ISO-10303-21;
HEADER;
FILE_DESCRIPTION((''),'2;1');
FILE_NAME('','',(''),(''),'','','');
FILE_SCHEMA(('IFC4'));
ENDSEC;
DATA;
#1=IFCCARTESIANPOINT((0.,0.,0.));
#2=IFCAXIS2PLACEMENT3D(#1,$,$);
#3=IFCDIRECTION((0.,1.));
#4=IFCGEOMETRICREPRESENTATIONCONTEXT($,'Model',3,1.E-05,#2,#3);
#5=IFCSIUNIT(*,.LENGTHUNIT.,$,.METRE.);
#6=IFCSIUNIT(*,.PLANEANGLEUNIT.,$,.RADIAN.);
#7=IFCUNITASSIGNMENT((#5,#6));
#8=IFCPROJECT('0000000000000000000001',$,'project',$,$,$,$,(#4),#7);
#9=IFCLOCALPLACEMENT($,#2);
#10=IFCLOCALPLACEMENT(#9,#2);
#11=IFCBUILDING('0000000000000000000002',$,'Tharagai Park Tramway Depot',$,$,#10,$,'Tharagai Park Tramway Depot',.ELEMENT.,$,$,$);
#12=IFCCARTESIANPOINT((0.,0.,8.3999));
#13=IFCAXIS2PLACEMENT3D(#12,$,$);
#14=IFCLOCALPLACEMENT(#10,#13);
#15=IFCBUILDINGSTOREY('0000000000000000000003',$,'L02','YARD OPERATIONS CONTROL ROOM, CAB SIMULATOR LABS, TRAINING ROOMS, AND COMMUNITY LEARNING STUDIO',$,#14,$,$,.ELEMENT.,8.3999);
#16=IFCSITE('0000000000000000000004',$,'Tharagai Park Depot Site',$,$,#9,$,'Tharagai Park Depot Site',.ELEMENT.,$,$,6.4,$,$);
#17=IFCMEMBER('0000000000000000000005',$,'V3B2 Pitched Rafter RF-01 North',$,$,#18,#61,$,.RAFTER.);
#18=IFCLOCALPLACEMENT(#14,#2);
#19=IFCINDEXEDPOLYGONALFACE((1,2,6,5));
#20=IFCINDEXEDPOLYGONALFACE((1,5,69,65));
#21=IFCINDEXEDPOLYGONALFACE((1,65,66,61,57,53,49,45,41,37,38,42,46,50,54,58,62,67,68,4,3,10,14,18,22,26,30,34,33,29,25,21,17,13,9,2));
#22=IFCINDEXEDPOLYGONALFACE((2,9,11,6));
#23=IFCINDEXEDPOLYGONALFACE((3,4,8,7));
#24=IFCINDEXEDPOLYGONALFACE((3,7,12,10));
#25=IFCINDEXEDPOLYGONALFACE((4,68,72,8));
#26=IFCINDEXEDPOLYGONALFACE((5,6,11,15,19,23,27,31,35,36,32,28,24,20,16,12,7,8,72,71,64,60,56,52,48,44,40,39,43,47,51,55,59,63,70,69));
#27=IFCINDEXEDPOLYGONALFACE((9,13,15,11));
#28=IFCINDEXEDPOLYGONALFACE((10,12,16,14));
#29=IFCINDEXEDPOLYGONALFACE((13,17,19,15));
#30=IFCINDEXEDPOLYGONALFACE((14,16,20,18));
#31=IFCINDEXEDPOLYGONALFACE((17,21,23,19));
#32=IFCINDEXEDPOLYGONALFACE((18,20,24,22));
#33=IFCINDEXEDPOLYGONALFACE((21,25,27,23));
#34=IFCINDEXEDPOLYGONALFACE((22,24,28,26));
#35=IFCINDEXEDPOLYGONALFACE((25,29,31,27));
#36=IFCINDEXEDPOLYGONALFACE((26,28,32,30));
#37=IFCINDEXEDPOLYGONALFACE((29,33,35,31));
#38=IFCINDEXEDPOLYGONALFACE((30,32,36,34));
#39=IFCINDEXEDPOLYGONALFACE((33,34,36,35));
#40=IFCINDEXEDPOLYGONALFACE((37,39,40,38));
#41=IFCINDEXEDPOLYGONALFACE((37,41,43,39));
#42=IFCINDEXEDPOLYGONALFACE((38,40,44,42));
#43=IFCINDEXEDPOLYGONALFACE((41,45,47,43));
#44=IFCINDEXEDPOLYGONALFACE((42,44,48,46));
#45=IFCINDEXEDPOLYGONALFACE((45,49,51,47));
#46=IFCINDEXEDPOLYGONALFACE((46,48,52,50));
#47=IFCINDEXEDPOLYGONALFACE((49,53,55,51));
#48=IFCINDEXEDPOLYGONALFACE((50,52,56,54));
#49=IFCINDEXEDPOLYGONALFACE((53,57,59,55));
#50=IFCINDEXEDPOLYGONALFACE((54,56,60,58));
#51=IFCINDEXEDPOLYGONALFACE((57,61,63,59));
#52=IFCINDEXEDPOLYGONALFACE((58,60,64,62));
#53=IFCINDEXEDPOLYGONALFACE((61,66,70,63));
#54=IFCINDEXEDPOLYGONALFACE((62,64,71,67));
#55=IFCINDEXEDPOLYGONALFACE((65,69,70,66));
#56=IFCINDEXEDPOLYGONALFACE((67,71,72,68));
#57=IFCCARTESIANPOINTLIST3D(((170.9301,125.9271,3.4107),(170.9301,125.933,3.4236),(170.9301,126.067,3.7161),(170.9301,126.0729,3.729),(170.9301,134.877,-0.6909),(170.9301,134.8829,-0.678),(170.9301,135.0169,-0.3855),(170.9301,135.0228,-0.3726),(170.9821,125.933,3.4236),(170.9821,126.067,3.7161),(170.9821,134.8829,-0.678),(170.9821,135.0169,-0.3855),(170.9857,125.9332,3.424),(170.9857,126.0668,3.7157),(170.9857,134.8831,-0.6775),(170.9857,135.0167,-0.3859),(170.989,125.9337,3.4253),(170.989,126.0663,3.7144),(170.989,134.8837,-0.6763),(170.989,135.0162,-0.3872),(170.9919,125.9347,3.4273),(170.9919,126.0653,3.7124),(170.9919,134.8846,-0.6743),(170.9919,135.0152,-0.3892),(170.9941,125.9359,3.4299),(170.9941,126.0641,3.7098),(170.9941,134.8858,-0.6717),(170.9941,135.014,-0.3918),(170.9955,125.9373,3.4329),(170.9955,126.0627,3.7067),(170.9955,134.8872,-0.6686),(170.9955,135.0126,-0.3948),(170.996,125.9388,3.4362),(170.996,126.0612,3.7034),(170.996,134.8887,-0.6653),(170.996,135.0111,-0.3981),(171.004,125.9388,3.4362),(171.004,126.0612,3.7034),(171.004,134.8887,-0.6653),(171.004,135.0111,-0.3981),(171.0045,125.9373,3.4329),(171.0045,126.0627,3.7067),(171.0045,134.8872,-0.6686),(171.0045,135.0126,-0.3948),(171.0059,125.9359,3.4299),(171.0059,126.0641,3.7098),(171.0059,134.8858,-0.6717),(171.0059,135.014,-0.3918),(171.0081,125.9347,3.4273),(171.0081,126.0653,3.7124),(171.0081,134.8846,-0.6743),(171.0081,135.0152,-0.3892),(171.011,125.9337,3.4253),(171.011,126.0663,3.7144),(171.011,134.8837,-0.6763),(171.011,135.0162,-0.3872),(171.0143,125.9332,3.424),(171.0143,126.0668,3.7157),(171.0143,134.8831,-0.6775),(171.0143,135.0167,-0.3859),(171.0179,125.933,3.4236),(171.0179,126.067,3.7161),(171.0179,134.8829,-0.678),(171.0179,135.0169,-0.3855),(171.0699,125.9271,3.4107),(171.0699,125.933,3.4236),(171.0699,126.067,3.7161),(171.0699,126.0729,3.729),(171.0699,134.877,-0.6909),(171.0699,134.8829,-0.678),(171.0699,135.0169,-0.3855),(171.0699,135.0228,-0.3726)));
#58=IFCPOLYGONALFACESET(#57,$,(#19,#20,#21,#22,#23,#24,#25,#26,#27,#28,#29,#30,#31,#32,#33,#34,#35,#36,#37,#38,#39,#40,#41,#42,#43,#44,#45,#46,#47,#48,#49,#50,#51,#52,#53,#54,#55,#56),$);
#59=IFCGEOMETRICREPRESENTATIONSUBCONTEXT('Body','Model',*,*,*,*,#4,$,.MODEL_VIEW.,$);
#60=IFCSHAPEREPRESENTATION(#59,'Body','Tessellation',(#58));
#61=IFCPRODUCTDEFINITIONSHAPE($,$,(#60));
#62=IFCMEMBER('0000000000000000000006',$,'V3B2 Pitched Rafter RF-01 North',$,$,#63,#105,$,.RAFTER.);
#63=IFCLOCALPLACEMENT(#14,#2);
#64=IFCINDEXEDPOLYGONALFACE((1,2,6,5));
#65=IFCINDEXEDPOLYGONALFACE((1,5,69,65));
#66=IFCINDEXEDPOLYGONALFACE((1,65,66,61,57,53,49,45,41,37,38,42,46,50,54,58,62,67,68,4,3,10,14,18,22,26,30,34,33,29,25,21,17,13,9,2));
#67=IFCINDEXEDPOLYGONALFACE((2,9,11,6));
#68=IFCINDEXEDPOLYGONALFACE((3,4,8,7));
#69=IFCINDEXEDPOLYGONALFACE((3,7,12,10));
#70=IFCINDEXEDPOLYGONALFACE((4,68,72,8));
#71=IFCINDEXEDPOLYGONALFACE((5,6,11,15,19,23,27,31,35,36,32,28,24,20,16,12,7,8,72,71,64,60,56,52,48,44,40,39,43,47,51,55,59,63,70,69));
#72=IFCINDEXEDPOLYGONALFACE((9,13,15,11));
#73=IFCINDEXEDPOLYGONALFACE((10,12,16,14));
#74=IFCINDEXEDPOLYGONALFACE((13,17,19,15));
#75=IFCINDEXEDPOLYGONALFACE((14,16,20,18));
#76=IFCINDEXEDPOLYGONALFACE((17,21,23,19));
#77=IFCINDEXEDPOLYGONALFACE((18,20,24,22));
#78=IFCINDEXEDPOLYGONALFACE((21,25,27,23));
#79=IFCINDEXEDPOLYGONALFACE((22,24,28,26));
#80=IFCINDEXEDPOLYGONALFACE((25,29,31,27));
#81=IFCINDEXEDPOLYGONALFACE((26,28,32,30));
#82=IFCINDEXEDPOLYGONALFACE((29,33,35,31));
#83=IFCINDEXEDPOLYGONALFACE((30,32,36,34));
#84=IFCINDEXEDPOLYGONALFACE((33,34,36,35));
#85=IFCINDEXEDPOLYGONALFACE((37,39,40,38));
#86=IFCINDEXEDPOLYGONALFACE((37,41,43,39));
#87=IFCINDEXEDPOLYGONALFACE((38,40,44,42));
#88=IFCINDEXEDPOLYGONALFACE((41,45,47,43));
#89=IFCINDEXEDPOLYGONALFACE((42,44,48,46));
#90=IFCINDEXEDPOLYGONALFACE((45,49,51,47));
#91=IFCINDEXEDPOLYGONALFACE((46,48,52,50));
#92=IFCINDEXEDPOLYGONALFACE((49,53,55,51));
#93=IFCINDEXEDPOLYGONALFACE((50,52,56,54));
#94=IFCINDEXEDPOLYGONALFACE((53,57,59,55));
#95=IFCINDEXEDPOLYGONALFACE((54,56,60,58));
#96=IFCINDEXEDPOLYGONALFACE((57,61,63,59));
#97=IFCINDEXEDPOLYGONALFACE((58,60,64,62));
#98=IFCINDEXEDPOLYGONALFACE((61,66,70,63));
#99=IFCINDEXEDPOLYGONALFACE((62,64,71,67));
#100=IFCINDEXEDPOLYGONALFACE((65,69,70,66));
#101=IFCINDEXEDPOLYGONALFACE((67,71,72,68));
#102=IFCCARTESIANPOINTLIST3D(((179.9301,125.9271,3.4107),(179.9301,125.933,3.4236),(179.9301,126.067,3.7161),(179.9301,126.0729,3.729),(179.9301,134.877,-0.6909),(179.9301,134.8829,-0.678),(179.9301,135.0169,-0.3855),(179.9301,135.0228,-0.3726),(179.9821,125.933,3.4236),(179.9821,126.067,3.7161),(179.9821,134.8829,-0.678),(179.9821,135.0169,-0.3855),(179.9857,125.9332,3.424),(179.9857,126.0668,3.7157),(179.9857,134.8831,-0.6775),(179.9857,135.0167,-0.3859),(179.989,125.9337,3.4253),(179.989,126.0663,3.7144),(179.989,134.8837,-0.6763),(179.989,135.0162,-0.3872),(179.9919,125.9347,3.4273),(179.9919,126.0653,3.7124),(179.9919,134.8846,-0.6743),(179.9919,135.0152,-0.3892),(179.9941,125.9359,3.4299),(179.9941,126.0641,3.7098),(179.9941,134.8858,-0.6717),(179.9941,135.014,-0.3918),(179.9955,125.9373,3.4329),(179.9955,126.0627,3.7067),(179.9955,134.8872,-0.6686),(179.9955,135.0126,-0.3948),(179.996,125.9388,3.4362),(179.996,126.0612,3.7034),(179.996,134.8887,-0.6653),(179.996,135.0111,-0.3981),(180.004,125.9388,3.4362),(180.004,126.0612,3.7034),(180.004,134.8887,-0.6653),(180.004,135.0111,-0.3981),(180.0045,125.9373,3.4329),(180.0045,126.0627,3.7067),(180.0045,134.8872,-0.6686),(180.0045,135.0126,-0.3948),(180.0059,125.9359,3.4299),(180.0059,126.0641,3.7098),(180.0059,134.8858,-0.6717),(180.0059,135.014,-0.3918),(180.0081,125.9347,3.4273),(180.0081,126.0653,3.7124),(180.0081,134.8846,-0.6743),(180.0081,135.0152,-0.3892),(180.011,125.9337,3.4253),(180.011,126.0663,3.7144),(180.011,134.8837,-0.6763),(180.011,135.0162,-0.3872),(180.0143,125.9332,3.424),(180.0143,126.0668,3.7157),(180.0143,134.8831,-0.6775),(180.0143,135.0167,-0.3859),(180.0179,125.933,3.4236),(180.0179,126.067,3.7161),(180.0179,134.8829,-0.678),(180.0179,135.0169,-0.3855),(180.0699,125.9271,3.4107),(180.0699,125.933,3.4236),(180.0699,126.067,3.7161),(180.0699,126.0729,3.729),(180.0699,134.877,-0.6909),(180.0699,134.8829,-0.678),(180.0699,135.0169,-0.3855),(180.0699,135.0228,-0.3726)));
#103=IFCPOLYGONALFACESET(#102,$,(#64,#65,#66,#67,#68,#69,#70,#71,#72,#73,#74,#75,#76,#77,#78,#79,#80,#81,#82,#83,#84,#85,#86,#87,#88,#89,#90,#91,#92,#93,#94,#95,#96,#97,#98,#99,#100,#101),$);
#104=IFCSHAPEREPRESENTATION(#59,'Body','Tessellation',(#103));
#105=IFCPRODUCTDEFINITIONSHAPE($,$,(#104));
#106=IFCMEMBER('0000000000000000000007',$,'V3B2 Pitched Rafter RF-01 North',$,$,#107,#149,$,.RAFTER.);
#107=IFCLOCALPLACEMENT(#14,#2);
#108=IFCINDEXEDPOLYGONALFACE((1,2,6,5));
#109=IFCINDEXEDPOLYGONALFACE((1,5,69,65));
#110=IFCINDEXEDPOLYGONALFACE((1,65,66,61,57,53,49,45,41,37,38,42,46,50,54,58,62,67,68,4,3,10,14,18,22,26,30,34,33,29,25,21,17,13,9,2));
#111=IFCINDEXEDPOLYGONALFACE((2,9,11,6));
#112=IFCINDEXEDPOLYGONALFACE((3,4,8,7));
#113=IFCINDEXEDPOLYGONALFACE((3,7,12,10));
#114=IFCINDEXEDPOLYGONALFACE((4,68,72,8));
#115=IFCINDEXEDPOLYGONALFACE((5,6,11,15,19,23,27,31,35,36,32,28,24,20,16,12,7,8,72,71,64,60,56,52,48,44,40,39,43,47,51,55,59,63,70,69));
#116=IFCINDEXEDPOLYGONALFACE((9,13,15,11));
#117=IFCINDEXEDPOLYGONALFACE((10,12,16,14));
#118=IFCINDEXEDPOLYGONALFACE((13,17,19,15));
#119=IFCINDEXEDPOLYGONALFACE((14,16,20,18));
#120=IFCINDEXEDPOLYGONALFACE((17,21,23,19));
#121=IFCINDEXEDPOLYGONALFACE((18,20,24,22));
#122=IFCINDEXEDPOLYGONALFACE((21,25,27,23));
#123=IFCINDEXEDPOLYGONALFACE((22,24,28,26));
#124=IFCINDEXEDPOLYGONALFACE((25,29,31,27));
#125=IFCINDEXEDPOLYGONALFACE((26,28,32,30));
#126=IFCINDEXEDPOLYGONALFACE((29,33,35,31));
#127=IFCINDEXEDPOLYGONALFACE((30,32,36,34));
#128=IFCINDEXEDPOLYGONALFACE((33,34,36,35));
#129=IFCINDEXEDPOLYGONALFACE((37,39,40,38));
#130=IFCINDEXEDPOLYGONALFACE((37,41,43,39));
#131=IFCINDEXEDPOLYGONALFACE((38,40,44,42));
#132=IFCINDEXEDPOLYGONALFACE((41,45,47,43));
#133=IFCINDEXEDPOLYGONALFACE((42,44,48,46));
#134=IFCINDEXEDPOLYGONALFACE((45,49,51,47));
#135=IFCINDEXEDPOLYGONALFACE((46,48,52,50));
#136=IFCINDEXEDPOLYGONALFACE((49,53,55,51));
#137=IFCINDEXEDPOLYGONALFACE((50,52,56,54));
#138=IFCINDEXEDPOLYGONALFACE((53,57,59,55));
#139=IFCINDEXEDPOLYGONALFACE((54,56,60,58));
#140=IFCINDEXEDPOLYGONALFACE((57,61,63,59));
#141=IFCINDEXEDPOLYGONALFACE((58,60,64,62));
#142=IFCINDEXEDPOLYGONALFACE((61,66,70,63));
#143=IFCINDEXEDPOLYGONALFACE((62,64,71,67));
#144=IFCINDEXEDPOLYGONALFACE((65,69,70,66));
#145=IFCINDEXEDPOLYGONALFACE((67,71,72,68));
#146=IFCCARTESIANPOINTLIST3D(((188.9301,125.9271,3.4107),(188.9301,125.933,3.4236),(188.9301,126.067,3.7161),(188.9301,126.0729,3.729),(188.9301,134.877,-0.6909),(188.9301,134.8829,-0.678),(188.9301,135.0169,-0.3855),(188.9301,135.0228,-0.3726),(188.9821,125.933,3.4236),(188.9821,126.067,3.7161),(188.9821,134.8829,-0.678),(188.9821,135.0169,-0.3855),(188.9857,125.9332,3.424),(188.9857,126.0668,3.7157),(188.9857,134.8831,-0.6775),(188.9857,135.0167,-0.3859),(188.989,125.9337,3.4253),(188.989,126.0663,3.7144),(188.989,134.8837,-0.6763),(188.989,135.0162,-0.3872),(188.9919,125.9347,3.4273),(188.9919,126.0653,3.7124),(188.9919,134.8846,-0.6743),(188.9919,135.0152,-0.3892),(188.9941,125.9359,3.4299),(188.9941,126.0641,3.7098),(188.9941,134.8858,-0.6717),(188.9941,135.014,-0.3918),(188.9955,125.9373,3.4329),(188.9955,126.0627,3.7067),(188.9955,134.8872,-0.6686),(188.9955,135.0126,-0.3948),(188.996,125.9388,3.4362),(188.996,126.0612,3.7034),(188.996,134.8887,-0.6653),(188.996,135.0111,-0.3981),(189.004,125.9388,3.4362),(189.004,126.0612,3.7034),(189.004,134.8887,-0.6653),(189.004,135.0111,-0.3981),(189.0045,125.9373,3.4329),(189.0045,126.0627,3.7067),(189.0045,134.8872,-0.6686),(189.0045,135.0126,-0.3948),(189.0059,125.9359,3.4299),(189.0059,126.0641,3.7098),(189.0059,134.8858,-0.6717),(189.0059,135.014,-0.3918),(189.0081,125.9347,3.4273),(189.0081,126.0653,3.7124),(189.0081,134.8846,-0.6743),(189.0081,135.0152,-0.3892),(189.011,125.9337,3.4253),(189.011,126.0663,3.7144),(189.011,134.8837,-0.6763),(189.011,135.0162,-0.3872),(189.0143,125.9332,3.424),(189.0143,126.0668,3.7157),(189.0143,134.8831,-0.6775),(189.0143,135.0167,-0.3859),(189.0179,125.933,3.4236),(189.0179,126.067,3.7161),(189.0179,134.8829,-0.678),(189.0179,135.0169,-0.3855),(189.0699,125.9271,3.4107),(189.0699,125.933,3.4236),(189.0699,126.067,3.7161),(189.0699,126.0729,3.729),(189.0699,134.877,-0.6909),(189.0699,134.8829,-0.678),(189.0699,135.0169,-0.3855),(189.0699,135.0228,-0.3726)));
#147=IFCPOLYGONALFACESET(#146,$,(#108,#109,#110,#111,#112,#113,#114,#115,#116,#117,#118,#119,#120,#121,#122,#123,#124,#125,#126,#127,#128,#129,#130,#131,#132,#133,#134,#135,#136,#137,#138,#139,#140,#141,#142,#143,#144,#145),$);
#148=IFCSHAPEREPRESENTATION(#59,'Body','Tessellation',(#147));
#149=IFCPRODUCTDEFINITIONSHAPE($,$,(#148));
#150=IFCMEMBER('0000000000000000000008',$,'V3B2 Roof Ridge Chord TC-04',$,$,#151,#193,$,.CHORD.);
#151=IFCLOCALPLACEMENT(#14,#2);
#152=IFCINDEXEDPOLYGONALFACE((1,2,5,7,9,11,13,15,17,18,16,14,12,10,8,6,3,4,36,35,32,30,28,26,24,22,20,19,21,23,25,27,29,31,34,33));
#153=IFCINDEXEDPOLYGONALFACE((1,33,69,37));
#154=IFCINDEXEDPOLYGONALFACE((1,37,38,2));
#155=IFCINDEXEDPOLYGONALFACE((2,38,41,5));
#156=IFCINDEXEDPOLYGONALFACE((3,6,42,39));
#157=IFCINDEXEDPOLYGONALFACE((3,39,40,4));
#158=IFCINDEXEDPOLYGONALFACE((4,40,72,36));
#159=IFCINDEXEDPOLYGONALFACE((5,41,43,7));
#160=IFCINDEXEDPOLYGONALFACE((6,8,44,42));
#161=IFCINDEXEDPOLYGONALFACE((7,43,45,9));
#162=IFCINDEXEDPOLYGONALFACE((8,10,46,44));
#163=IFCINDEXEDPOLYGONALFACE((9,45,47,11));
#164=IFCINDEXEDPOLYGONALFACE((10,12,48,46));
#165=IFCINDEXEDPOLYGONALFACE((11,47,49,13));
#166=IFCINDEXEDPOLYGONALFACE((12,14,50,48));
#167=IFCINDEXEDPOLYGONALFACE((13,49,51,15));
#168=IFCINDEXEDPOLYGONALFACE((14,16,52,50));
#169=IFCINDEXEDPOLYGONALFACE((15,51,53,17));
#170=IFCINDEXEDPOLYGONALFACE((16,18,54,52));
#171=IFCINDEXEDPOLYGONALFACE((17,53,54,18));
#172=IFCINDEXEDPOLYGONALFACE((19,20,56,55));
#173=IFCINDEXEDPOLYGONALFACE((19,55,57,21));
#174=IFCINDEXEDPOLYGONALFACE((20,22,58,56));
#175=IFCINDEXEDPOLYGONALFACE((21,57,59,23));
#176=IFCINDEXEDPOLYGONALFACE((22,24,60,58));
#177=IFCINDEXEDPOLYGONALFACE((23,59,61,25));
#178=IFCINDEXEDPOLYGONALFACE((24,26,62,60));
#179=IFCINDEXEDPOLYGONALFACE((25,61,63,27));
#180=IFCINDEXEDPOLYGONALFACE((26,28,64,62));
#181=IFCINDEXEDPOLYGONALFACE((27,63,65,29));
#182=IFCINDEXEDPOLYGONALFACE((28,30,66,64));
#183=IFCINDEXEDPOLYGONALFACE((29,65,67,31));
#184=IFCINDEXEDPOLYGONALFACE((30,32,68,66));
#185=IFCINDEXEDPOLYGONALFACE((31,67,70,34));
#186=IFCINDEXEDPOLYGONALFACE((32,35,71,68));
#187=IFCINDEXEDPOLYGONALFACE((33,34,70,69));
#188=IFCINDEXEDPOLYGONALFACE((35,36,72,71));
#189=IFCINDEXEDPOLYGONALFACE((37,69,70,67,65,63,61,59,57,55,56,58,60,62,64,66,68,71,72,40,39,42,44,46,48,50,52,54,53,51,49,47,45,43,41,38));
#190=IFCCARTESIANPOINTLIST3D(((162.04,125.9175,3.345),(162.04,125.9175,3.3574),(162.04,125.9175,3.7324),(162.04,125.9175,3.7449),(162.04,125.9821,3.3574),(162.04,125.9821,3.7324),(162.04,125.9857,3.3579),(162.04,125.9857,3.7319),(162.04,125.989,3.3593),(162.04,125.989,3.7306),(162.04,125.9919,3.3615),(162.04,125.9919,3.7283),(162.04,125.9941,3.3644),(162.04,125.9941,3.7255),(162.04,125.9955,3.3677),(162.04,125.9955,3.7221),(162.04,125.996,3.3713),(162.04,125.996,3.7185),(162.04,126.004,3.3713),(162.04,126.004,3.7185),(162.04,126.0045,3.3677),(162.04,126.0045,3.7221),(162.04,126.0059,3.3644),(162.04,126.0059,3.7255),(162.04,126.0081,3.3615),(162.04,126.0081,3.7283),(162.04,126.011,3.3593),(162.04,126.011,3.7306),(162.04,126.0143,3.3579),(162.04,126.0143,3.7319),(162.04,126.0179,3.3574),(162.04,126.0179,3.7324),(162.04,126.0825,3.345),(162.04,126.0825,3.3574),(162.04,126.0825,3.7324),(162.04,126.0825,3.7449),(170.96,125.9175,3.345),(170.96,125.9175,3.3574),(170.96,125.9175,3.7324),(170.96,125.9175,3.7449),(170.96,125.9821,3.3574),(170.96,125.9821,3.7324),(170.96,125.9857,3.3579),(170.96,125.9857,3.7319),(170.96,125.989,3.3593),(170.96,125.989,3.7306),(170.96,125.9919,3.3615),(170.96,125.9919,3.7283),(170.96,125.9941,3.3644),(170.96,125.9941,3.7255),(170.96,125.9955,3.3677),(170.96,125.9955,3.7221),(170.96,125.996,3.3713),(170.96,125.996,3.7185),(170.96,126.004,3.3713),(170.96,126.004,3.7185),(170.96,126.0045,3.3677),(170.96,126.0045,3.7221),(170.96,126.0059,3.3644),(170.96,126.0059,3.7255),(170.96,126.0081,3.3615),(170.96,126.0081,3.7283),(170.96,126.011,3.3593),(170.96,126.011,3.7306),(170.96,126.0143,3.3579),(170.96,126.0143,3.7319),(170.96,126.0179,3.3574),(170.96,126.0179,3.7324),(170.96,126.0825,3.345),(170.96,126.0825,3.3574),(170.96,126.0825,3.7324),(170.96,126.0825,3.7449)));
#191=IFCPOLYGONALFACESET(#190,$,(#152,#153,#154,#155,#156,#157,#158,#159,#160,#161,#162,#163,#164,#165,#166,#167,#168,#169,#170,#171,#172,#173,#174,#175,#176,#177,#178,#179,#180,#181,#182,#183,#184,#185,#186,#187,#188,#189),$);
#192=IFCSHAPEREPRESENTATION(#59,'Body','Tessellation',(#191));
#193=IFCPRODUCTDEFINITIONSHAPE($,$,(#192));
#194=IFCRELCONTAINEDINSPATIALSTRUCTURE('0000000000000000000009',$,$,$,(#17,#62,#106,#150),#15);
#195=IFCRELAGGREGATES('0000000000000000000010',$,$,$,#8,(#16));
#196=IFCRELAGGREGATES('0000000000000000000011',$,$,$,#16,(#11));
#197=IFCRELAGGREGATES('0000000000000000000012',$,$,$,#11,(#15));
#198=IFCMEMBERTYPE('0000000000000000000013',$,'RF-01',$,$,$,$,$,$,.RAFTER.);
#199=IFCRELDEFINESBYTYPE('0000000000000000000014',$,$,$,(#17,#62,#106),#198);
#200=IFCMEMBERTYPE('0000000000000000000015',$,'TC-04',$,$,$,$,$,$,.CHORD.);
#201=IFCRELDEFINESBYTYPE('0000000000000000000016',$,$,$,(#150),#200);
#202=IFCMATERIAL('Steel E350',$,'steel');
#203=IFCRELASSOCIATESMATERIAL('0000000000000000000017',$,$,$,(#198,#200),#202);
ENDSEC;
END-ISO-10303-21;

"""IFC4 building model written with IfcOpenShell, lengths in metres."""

from ifc_helpers import new_model, si_unit, direction, frame, origin, origin_2d, place, context, subcontext, project, spatial, i_section, extrude, material, material_profile, profile_set, type_object, element, save


model = new_model("IFC4")

# Units and contexts
model_context = context("Model", 3, precision=1e-05, world=origin(), true_north=direction((0.0, 1.0)))
body_context = subcontext(model_context, "Body", "Model", "MODEL_VIEW")
ifc_project = project(units=[si_unit("LENGTHUNIT", "METRE"), si_unit("PLANEANGLEUNIT", "RADIAN")], contexts=[model_context])

# Site, building, storey
site_placement = place(None, origin())
site = spatial("IfcSite", under=ifc_project, at=site_placement, Name="Tharagai Park Depot Site", LongName="Tharagai Park Depot Site", CompositionType="ELEMENT", RefElevation=6.4)
building_placement = place(site_placement, origin())
building = spatial("IfcBuilding", under=site, at=building_placement, Name="Tharagai Park Tramway Depot", LongName="Tharagai Park Tramway Depot", CompositionType="ELEMENT")
storey_placement = place(building_placement, frame((0.0, 0.0, 8.3999)))
storey = spatial("IfcBuildingStorey", under=building, at=storey_placement, Name="L02", Description="YARD OPERATIONS CONTROL ROOM, CAB SIMULATOR LABS, TRAINING ROOMS, AND COMMUNITY LEARNING STUDIO", CompositionType="ELEMENT", Elevation=8.3999)

# Shared definitions
ifc_material_1 = material(Name="Steel E350", Category="steel")

# Members
ifc_material_profile_1 = material_profile(ifc_material_1, i_section(OverallWidth=0.1399, OverallDepth=0.3501, WebThickness=0.0081, FlangeThickness=0.0142, FilletRadius=0.0139, at=origin_2d()), Name="ISMB 350")
ifc_profile_set_1 = profile_set([ifc_material_profile_1], Name="Steel E350")
member_type_1 = type_object("IfcMemberType", Name="RF-01", PredefinedType="RAFTER", material=ifc_profile_set_1)
for number, where, z_axis, x_axis, name in (
    (1, (171.0, 126.0, 3.5698), (0.0, 0.909084, -0.416613), (-1.0, 0.0, 0.0), "V3B2 Pitched Rafter RF-01 North"),
    (2, (180.0, 126.0, 3.5698), (0.0, 0.909084, -0.416613), (-1.0, 0.0, 0.0), "V3B2 Pitched Rafter RF-01 North"),
    (3, (189.0, 126.0, 3.5698), (0.0, 0.909084, -0.416613), (-1.0, 0.0, 0.0), "V3B2 Pitched Rafter RF-01 North"),
):
    element("IfcMember", number, at=place(storey_placement, frame(where, z_axis=z_axis, x_axis=x_axis)), inside=storey, type_object=member_type_1, Name=name, PredefinedType="RAFTER", context=body_context, shape_type="SweptSolid", body=[
        extrude(i_section(OverallWidth=0.1399, OverallDepth=0.3501, WebThickness=0.0081, FlangeThickness=0.0142, FilletRadius=0.0139, at=origin_2d()), origin(), (0.0, 0.0, 1.0), 9.845),
    ])
ifc_material_profile_2 = material_profile(ifc_material_1, i_section(OverallWidth=0.165, OverallDepth=0.3999, WebThickness=0.0081, FlangeThickness=0.0125, FilletRadius=0.0139, at=origin_2d()), Name="ISLB 400")
ifc_profile_set_2 = profile_set([ifc_material_profile_2], Name="Steel E350")
member_type_2 = type_object("IfcMemberType", Name="TC-04", PredefinedType="CHORD", material=ifc_profile_set_2)
for number, where, z_axis, x_axis, name in (
    (4, (162.04, 126.0, 3.5449), (1.0, 0.0, 0.0), (0.0, 1.0, 0.0), "V3B2 Roof Ridge Chord TC-04"),
):
    element("IfcMember", number, at=place(storey_placement, frame(where, z_axis=z_axis, x_axis=x_axis)), inside=storey, type_object=member_type_2, Name=name, PredefinedType="CHORD", context=body_context, shape_type="SweptSolid", body=[
        extrude(i_section(OverallWidth=0.165, OverallDepth=0.3999, WebThickness=0.0081, FlangeThickness=0.0125, FilletRadius=0.0139, at=origin_2d()), origin(), (0.0, 0.0, 1.0), 8.9199),
    ])

save(model, "model.ifc")
